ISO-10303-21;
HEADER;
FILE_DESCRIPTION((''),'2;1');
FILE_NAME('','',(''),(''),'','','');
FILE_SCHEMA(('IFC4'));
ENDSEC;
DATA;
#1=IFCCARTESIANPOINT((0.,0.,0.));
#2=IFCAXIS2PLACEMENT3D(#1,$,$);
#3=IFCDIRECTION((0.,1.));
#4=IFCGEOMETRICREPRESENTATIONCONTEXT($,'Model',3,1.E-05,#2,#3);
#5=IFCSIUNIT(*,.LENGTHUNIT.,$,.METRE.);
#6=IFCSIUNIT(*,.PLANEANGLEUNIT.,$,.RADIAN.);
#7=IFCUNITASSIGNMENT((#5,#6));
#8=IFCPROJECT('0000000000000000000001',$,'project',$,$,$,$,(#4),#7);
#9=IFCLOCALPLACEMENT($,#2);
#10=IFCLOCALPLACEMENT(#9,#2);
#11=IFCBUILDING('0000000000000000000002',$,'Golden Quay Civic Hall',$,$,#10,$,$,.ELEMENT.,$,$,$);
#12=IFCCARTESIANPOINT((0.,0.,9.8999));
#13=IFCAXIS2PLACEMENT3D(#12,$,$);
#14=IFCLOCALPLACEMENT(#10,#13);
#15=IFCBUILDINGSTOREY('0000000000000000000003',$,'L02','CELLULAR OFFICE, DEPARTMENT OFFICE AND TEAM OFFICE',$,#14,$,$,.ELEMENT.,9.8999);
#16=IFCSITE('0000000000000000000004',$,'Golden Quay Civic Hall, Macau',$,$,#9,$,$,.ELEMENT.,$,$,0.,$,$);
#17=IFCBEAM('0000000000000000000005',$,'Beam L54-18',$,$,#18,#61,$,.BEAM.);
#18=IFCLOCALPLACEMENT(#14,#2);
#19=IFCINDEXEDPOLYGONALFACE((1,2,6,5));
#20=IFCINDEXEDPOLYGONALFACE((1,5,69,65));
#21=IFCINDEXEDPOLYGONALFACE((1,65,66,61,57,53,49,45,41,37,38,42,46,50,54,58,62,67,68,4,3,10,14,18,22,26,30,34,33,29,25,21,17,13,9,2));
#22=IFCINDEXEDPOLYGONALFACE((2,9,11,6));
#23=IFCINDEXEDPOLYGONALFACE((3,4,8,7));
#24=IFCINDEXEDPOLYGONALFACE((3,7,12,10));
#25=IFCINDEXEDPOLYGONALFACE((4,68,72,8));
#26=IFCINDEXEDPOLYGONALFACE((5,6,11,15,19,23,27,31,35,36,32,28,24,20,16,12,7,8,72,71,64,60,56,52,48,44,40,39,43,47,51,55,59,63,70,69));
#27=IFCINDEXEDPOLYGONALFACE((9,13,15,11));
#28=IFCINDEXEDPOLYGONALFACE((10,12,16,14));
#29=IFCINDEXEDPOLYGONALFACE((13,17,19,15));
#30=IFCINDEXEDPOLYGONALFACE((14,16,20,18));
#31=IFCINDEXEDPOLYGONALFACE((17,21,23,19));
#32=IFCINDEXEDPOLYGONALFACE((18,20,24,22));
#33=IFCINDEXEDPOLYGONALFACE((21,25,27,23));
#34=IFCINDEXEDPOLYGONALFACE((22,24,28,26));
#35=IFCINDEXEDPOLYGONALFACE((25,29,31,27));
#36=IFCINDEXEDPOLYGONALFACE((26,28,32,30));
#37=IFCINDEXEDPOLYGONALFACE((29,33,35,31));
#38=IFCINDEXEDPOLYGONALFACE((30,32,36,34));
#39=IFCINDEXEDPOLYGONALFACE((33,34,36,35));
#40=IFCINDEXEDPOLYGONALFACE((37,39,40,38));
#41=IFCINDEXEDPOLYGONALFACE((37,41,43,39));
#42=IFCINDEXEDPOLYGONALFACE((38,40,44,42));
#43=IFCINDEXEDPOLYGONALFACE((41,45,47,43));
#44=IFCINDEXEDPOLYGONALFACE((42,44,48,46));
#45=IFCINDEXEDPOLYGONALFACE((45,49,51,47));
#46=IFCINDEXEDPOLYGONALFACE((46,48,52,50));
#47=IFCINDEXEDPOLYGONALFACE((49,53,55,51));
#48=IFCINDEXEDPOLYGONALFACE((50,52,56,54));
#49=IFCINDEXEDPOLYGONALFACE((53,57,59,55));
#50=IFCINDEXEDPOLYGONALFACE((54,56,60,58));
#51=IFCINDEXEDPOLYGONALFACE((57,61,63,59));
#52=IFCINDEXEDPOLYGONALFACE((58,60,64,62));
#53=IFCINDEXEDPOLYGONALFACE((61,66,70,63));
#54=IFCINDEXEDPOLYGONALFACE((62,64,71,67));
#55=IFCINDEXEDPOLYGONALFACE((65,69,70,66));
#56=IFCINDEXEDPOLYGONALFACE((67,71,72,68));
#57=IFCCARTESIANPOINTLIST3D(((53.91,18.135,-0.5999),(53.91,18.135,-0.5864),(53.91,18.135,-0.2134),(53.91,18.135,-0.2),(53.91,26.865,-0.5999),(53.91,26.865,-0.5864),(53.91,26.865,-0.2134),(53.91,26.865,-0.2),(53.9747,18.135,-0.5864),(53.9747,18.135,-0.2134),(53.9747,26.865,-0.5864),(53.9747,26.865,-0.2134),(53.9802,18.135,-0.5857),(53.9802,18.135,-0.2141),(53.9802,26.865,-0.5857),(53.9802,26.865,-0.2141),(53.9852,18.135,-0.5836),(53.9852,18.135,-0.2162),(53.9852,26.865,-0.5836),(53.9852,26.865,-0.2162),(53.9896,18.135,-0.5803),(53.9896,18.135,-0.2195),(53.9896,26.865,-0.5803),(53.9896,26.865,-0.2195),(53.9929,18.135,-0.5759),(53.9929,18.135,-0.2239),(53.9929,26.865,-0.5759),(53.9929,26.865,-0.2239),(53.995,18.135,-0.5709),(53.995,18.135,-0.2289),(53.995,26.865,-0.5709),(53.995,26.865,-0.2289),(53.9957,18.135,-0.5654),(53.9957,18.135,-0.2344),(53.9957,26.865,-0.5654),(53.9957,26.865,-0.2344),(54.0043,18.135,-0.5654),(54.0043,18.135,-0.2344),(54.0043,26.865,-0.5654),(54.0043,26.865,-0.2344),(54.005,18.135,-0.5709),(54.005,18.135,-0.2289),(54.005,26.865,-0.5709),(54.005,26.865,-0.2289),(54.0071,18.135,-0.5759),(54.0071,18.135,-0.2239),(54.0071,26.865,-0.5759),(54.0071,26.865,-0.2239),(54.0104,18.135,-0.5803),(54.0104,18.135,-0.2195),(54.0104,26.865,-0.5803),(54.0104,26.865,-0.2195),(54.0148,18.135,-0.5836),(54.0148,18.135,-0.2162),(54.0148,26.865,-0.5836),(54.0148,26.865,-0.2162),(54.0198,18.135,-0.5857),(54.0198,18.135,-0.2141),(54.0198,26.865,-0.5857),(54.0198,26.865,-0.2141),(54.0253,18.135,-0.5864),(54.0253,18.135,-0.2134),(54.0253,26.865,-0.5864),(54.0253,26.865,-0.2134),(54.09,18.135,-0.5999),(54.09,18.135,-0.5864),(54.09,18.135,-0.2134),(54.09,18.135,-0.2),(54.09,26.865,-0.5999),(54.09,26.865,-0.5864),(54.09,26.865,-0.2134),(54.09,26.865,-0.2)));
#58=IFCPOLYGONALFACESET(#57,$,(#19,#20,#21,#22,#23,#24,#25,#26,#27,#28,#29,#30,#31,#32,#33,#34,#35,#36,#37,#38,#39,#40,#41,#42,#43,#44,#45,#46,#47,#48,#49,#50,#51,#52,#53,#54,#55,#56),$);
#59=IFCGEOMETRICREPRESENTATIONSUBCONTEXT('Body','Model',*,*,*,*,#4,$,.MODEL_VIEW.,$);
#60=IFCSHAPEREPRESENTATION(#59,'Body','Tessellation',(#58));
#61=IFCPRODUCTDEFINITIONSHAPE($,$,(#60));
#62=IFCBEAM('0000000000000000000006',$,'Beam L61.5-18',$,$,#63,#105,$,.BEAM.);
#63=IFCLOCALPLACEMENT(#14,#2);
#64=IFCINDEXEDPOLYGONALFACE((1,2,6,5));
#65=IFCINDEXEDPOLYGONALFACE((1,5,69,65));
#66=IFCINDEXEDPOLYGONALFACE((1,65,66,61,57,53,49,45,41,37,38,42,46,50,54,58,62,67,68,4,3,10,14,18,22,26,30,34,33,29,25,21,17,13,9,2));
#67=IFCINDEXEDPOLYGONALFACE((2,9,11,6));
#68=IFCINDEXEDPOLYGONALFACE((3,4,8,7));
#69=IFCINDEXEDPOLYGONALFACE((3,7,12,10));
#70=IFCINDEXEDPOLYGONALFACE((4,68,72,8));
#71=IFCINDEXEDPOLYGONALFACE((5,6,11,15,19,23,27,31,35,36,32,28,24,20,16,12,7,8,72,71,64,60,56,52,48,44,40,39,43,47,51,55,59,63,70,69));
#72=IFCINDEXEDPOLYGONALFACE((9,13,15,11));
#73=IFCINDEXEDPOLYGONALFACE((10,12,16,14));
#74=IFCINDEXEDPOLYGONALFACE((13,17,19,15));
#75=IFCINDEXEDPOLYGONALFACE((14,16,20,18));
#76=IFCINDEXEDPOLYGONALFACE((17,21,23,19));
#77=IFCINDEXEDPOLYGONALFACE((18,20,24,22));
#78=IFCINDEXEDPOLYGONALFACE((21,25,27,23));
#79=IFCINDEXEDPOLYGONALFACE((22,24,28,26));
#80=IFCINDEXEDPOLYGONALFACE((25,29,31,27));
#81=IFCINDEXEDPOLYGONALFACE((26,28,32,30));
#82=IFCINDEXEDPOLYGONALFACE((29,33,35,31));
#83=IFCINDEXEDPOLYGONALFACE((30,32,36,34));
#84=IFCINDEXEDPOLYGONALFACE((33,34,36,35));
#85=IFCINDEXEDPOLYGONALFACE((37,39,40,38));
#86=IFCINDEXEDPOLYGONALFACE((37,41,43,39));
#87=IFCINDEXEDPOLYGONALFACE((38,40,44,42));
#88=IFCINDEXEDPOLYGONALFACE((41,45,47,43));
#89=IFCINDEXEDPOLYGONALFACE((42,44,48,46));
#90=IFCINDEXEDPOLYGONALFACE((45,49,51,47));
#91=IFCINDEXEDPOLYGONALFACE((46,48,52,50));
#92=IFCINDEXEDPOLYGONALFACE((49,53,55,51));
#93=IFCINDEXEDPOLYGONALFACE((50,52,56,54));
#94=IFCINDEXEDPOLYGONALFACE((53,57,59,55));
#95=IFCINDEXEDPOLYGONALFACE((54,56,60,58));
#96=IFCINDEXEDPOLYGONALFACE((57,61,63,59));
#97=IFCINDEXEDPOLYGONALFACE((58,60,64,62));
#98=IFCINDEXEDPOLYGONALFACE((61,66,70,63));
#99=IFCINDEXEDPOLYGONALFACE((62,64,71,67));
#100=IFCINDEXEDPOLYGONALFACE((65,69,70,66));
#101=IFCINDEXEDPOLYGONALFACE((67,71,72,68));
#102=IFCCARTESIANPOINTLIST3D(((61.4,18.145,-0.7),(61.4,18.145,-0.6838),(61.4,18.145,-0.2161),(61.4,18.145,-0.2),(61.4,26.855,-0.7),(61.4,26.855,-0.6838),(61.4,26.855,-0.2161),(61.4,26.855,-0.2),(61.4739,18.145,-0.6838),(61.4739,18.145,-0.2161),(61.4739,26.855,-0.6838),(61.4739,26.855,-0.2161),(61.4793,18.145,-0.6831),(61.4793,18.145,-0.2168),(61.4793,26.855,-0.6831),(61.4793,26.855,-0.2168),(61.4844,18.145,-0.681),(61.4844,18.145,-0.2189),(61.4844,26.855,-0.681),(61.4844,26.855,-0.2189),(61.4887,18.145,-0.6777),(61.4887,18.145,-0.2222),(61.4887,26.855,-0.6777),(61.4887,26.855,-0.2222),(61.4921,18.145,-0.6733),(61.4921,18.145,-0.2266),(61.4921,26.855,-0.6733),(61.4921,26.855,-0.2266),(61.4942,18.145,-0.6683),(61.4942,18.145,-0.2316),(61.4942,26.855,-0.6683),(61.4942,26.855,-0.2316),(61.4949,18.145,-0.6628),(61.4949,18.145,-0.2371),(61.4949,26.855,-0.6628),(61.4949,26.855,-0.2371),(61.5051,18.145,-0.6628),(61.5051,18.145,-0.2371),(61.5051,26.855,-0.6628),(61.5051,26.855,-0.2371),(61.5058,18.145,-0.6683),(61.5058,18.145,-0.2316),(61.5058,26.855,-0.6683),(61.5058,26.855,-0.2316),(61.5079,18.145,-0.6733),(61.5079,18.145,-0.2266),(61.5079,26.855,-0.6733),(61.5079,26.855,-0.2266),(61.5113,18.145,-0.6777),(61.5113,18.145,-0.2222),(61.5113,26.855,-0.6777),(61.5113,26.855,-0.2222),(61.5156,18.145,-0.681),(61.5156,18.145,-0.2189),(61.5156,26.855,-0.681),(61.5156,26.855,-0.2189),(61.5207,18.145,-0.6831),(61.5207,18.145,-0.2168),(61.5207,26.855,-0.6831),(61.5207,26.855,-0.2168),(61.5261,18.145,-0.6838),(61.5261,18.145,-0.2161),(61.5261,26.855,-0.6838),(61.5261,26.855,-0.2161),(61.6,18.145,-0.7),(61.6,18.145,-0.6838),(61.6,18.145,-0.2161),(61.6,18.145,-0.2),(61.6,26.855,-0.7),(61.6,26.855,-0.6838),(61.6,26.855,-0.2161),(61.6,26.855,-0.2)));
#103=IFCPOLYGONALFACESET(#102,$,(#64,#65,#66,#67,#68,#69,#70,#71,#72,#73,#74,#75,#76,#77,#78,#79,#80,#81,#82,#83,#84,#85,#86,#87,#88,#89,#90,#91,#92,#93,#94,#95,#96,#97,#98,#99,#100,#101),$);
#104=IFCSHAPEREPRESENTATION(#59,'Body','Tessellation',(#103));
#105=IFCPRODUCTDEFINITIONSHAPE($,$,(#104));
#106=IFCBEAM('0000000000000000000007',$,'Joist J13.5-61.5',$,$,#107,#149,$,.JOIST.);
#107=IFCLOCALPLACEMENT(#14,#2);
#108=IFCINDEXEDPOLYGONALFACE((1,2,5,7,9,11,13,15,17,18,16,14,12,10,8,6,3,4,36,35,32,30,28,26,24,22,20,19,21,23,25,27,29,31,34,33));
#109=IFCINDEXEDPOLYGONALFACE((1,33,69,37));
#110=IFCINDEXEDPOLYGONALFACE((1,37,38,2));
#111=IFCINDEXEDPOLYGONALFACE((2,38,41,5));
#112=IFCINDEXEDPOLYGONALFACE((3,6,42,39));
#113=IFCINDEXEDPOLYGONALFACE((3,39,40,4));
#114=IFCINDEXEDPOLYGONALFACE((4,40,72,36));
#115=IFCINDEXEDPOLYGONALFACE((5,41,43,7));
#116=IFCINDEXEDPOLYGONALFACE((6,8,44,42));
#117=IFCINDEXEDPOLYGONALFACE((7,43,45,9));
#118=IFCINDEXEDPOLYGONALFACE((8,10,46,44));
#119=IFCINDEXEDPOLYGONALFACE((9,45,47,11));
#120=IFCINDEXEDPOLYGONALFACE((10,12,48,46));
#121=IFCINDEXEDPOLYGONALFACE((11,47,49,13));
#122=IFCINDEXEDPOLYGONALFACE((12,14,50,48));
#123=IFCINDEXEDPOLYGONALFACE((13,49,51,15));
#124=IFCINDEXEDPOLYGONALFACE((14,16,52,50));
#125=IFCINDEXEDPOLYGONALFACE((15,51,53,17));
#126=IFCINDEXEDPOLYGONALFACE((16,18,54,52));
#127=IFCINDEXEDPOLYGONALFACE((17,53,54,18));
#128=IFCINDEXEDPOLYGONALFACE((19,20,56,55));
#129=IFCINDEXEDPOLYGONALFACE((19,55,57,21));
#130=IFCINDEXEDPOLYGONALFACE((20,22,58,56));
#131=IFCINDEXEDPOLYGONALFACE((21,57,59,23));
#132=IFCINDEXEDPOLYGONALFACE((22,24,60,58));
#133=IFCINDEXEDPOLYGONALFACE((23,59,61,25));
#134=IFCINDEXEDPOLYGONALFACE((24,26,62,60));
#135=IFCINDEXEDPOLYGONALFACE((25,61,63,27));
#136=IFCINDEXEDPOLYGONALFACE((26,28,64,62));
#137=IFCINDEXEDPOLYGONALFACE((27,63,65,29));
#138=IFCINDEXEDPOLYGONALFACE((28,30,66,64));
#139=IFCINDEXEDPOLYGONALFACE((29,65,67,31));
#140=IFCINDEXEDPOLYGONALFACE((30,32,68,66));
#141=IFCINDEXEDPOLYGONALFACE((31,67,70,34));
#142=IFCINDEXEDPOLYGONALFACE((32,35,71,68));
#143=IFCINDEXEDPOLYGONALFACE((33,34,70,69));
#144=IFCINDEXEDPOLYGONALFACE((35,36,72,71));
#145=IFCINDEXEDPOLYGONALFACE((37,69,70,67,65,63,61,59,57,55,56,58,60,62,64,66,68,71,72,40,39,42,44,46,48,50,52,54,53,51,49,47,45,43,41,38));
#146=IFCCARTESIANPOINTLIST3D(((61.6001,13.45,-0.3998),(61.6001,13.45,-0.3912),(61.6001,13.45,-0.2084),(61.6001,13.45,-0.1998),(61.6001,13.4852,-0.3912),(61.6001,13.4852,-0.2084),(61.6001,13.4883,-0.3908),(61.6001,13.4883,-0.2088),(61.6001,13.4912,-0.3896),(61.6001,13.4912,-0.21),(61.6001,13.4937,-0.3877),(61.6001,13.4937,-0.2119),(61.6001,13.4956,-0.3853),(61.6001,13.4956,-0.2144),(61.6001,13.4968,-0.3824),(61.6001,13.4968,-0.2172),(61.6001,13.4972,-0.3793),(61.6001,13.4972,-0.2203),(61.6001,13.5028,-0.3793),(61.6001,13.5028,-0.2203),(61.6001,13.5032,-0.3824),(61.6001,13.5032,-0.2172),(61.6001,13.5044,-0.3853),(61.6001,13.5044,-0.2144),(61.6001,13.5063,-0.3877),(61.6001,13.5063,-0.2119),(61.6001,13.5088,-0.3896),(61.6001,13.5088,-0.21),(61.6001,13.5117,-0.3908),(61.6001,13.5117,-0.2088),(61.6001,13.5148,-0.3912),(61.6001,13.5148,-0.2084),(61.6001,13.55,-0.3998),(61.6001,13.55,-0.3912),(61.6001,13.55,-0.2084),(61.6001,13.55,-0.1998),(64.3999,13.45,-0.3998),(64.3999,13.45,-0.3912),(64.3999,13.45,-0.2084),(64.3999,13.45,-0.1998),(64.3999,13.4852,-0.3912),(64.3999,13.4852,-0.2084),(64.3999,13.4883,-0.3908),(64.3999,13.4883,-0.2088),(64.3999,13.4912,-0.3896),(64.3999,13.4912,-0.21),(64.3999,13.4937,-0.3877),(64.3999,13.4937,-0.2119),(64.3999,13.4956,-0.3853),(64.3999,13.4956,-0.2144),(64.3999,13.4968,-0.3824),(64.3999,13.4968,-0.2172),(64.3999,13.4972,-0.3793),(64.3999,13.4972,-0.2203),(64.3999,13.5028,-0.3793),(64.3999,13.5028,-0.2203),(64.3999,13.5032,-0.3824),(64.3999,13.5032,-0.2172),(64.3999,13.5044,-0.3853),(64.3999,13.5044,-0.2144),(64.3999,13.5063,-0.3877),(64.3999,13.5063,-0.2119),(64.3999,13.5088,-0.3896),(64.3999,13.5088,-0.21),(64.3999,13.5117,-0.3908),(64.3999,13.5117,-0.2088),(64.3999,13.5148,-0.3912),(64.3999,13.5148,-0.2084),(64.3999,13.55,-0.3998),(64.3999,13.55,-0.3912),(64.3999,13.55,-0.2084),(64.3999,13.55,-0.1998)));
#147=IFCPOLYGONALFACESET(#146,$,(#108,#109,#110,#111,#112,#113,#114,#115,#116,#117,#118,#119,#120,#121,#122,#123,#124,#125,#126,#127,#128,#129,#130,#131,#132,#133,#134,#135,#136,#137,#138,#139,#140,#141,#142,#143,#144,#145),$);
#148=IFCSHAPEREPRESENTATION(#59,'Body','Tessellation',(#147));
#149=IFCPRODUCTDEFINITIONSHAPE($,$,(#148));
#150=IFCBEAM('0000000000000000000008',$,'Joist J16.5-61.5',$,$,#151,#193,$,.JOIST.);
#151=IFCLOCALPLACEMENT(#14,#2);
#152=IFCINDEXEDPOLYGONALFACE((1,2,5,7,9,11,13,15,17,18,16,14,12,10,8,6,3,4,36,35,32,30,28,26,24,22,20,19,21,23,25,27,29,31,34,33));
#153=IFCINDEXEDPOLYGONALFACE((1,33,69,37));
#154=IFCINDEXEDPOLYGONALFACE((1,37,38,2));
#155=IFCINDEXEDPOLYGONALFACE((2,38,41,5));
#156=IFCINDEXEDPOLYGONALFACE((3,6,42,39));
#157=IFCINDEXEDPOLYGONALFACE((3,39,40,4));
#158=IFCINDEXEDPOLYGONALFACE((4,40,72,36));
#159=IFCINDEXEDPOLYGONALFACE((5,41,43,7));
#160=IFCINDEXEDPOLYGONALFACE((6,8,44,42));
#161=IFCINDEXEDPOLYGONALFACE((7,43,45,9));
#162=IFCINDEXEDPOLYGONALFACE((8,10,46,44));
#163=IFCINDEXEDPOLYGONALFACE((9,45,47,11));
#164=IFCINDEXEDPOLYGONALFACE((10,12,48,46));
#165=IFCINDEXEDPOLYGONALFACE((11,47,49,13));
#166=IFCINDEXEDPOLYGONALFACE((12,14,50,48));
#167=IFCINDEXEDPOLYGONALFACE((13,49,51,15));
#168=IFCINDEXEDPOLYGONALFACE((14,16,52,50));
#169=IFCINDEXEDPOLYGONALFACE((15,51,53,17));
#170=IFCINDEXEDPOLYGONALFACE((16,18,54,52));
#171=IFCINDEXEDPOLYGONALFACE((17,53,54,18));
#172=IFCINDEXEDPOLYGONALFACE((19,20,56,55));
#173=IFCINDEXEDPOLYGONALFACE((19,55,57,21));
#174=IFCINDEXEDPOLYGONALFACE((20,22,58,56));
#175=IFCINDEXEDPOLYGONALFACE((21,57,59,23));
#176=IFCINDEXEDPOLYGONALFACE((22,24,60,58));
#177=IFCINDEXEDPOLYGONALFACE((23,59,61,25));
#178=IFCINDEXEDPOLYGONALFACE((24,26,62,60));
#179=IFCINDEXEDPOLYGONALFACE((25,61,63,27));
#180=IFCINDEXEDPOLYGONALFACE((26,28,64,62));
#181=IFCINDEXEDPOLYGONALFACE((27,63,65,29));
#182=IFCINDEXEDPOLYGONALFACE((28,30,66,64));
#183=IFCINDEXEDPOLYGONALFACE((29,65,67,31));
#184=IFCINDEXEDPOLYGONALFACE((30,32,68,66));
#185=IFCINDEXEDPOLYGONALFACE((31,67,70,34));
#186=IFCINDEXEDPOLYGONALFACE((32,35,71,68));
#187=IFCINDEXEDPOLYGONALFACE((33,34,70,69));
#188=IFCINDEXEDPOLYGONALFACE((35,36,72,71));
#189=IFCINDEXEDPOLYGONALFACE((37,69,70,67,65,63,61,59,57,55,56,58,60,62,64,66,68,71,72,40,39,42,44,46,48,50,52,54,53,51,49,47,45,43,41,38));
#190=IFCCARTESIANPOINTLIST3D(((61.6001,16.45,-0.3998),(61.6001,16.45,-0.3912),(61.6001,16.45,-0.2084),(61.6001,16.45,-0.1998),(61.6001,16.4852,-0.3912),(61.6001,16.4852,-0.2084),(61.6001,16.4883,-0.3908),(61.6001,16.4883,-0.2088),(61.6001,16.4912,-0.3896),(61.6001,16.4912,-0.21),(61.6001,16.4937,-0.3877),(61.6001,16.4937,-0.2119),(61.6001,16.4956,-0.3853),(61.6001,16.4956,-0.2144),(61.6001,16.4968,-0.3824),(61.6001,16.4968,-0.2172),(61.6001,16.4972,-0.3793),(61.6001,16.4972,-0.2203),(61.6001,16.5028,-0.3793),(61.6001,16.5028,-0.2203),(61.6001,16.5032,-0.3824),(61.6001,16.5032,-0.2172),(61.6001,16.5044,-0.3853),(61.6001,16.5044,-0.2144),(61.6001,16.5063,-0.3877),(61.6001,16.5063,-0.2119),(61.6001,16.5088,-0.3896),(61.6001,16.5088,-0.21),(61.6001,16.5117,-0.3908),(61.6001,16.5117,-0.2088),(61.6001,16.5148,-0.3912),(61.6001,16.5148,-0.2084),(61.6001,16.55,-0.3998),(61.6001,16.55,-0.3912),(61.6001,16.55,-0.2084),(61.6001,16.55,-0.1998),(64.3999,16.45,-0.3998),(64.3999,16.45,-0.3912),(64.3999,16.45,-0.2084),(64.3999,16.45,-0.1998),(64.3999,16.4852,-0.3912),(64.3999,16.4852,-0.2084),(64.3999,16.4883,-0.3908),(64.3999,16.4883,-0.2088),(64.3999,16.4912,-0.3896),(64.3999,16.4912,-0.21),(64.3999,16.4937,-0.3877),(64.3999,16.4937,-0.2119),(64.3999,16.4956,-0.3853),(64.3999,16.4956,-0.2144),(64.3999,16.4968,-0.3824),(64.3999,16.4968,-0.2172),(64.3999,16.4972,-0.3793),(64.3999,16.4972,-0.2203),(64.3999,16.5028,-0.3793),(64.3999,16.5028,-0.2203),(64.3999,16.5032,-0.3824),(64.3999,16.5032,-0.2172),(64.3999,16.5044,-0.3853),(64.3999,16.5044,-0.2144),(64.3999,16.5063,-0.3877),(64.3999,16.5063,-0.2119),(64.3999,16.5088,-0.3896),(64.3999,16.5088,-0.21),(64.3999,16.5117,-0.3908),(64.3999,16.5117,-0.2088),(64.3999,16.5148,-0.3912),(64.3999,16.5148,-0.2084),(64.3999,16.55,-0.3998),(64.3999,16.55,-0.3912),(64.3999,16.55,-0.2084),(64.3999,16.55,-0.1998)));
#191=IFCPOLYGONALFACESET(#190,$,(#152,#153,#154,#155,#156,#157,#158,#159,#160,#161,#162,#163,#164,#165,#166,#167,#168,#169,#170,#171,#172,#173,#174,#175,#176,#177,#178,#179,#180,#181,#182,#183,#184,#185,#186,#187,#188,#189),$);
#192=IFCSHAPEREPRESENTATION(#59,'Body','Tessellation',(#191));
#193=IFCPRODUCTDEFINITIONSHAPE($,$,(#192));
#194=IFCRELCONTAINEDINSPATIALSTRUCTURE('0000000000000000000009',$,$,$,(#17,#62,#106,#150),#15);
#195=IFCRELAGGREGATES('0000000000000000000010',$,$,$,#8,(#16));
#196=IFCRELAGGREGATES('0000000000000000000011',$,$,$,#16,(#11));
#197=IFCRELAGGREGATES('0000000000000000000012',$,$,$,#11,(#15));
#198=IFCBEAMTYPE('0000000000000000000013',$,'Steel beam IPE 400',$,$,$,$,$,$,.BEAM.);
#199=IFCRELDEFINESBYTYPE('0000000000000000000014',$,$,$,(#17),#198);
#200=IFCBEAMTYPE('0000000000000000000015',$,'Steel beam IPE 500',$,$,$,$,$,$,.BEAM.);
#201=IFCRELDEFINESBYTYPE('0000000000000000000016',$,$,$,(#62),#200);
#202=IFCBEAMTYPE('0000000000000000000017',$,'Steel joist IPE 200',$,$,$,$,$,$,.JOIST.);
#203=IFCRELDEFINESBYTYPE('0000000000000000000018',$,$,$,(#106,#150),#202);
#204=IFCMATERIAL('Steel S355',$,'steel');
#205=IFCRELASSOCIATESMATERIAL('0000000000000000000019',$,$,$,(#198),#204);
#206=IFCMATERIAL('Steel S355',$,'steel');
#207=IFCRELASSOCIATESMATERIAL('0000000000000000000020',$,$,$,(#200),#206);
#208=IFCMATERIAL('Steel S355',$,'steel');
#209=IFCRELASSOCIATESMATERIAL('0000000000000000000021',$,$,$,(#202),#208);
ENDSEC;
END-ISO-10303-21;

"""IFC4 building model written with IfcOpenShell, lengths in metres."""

from ifc_helpers import new_model, si_unit, direction, frame, origin, origin_2d, place, context, subcontext, project, spatial, i_section, extrude, material, material_profile, profile_set, type_object, element, save


model = new_model("IFC4")

# Units and contexts
model_context = context("Model", 3, precision=1e-05, world=origin(), true_north=direction((0.0, 1.0)))
body_context = subcontext(model_context, "Body", "Model", "MODEL_VIEW")
ifc_project = project(units=[si_unit("LENGTHUNIT", "METRE"), si_unit("PLANEANGLEUNIT", "RADIAN")], contexts=[model_context])

# Site, building, storey
site_placement = place(None, origin())
site = spatial("IfcSite", under=ifc_project, at=site_placement, Name="Golden Quay Civic Hall, Macau", CompositionType="ELEMENT", RefElevation=0.0)
building_placement = place(site_placement, origin())
building = spatial("IfcBuilding", under=site, at=building_placement, Name="Golden Quay Civic Hall", CompositionType="ELEMENT")
storey_placement = place(building_placement, frame((0.0, 0.0, 9.8999)))
storey = spatial("IfcBuildingStorey", under=building, at=storey_placement, Name="L02", Description="CELLULAR OFFICE, DEPARTMENT OFFICE AND TEAM OFFICE", CompositionType="ELEMENT", Elevation=9.8999)

# Beams
ifc_material_1 = material(Name="Steel S355", Category="steel")
ifc_material_profile_1 = material_profile(ifc_material_1, i_section(OverallWidth=0.1799, OverallDepth=0.3999, WebThickness=0.0085, FlangeThickness=0.0134, FilletRadius=0.021, at=origin_2d()), Name="IPE 400")
ifc_profile_set_1 = profile_set([ifc_material_profile_1], Name="Steel S355")
beam_type_1 = type_object("IfcBeamType", Name="Steel beam IPE 400", PredefinedType="BEAM", material=ifc_profile_set_1)
beam_1_placement = place(storey_placement, frame((54.0, 18.135, -0.3999), z_axis=(0.0, 1.0, 0.0), x_axis=(-1.0, 0.0, 0.0)))
element("IfcBeam", 1, at=beam_1_placement, inside=storey, type_object=beam_type_1, Name="Beam L54-18", PredefinedType="BEAM", context=body_context, shape_type="SweptSolid", body=[
    extrude(i_section(OverallWidth=0.1799, OverallDepth=0.3999, WebThickness=0.0085, FlangeThickness=0.0134, FilletRadius=0.021, at=origin_2d()), origin(), (0.0, 0.0, 1.0), 8.73),
])
ifc_material_2 = material(Name="Steel S355", Category="steel")
ifc_material_profile_2 = material_profile(ifc_material_2, i_section(OverallWidth=0.2, OverallDepth=0.5, WebThickness=0.0103, FlangeThickness=0.0161, FilletRadius=0.021, at=origin_2d()), Name="IPE 500")
ifc_profile_set_2 = profile_set([ifc_material_profile_2], Name="Steel S355")
beam_type_2 = type_object("IfcBeamType", Name="Steel beam IPE 500", PredefinedType="BEAM", material=ifc_profile_set_2)
beam_2_placement = place(storey_placement, frame((61.5, 18.145, -0.45), z_axis=(0.0, 1.0, 0.0), x_axis=(-1.0, 0.0, 0.0)))
element("IfcBeam", 2, at=beam_2_placement, inside=storey, type_object=beam_type_2, Name="Beam L61.5-18", PredefinedType="BEAM", context=body_context, shape_type="SweptSolid", body=[
    extrude(i_section(OverallWidth=0.2, OverallDepth=0.5, WebThickness=0.0103, FlangeThickness=0.0161, FilletRadius=0.021, at=origin_2d()), origin(), (0.0, 0.0, 1.0), 8.71),
])
ifc_material_3 = material(Name="Steel S355", Category="steel")
ifc_material_profile_3 = material_profile(ifc_material_3, i_section(OverallWidth=0.1001, OverallDepth=0.2, WebThickness=0.0056, FlangeThickness=0.0085, FilletRadius=0.012, at=origin_2d()), Name="IPE 200")
ifc_profile_set_3 = profile_set([ifc_material_profile_3], Name="Steel S355")
beam_type_3 = type_object("IfcBeamType", Name="Steel joist IPE 200", PredefinedType="JOIST", material=ifc_profile_set_3)
for number, where, z_axis, x_axis, name in (
    (3, (61.6001, 13.5, -0.2998), (1.0, 0.0, 0.0), (0.0, 1.0, 0.0), "Joist J13.5-61.5"),
    (4, (61.6001, 16.5, -0.2998), (1.0, 0.0, 0.0), (0.0, 1.0, 0.0), "Joist J16.5-61.5"),
):
    element("IfcBeam", number, at=place(storey_placement, frame(where, z_axis=z_axis, x_axis=x_axis)), inside=storey, type_object=beam_type_3, Name=name, PredefinedType="JOIST", context=body_context, shape_type="SweptSolid", body=[
        extrude(i_section(OverallWidth=0.1001, OverallDepth=0.2, WebThickness=0.0056, FlangeThickness=0.0085, FilletRadius=0.012, at=origin_2d()), origin(), (0.0, 0.0, 1.0), 2.7998),
    ])

save(model, "model.ifc")
